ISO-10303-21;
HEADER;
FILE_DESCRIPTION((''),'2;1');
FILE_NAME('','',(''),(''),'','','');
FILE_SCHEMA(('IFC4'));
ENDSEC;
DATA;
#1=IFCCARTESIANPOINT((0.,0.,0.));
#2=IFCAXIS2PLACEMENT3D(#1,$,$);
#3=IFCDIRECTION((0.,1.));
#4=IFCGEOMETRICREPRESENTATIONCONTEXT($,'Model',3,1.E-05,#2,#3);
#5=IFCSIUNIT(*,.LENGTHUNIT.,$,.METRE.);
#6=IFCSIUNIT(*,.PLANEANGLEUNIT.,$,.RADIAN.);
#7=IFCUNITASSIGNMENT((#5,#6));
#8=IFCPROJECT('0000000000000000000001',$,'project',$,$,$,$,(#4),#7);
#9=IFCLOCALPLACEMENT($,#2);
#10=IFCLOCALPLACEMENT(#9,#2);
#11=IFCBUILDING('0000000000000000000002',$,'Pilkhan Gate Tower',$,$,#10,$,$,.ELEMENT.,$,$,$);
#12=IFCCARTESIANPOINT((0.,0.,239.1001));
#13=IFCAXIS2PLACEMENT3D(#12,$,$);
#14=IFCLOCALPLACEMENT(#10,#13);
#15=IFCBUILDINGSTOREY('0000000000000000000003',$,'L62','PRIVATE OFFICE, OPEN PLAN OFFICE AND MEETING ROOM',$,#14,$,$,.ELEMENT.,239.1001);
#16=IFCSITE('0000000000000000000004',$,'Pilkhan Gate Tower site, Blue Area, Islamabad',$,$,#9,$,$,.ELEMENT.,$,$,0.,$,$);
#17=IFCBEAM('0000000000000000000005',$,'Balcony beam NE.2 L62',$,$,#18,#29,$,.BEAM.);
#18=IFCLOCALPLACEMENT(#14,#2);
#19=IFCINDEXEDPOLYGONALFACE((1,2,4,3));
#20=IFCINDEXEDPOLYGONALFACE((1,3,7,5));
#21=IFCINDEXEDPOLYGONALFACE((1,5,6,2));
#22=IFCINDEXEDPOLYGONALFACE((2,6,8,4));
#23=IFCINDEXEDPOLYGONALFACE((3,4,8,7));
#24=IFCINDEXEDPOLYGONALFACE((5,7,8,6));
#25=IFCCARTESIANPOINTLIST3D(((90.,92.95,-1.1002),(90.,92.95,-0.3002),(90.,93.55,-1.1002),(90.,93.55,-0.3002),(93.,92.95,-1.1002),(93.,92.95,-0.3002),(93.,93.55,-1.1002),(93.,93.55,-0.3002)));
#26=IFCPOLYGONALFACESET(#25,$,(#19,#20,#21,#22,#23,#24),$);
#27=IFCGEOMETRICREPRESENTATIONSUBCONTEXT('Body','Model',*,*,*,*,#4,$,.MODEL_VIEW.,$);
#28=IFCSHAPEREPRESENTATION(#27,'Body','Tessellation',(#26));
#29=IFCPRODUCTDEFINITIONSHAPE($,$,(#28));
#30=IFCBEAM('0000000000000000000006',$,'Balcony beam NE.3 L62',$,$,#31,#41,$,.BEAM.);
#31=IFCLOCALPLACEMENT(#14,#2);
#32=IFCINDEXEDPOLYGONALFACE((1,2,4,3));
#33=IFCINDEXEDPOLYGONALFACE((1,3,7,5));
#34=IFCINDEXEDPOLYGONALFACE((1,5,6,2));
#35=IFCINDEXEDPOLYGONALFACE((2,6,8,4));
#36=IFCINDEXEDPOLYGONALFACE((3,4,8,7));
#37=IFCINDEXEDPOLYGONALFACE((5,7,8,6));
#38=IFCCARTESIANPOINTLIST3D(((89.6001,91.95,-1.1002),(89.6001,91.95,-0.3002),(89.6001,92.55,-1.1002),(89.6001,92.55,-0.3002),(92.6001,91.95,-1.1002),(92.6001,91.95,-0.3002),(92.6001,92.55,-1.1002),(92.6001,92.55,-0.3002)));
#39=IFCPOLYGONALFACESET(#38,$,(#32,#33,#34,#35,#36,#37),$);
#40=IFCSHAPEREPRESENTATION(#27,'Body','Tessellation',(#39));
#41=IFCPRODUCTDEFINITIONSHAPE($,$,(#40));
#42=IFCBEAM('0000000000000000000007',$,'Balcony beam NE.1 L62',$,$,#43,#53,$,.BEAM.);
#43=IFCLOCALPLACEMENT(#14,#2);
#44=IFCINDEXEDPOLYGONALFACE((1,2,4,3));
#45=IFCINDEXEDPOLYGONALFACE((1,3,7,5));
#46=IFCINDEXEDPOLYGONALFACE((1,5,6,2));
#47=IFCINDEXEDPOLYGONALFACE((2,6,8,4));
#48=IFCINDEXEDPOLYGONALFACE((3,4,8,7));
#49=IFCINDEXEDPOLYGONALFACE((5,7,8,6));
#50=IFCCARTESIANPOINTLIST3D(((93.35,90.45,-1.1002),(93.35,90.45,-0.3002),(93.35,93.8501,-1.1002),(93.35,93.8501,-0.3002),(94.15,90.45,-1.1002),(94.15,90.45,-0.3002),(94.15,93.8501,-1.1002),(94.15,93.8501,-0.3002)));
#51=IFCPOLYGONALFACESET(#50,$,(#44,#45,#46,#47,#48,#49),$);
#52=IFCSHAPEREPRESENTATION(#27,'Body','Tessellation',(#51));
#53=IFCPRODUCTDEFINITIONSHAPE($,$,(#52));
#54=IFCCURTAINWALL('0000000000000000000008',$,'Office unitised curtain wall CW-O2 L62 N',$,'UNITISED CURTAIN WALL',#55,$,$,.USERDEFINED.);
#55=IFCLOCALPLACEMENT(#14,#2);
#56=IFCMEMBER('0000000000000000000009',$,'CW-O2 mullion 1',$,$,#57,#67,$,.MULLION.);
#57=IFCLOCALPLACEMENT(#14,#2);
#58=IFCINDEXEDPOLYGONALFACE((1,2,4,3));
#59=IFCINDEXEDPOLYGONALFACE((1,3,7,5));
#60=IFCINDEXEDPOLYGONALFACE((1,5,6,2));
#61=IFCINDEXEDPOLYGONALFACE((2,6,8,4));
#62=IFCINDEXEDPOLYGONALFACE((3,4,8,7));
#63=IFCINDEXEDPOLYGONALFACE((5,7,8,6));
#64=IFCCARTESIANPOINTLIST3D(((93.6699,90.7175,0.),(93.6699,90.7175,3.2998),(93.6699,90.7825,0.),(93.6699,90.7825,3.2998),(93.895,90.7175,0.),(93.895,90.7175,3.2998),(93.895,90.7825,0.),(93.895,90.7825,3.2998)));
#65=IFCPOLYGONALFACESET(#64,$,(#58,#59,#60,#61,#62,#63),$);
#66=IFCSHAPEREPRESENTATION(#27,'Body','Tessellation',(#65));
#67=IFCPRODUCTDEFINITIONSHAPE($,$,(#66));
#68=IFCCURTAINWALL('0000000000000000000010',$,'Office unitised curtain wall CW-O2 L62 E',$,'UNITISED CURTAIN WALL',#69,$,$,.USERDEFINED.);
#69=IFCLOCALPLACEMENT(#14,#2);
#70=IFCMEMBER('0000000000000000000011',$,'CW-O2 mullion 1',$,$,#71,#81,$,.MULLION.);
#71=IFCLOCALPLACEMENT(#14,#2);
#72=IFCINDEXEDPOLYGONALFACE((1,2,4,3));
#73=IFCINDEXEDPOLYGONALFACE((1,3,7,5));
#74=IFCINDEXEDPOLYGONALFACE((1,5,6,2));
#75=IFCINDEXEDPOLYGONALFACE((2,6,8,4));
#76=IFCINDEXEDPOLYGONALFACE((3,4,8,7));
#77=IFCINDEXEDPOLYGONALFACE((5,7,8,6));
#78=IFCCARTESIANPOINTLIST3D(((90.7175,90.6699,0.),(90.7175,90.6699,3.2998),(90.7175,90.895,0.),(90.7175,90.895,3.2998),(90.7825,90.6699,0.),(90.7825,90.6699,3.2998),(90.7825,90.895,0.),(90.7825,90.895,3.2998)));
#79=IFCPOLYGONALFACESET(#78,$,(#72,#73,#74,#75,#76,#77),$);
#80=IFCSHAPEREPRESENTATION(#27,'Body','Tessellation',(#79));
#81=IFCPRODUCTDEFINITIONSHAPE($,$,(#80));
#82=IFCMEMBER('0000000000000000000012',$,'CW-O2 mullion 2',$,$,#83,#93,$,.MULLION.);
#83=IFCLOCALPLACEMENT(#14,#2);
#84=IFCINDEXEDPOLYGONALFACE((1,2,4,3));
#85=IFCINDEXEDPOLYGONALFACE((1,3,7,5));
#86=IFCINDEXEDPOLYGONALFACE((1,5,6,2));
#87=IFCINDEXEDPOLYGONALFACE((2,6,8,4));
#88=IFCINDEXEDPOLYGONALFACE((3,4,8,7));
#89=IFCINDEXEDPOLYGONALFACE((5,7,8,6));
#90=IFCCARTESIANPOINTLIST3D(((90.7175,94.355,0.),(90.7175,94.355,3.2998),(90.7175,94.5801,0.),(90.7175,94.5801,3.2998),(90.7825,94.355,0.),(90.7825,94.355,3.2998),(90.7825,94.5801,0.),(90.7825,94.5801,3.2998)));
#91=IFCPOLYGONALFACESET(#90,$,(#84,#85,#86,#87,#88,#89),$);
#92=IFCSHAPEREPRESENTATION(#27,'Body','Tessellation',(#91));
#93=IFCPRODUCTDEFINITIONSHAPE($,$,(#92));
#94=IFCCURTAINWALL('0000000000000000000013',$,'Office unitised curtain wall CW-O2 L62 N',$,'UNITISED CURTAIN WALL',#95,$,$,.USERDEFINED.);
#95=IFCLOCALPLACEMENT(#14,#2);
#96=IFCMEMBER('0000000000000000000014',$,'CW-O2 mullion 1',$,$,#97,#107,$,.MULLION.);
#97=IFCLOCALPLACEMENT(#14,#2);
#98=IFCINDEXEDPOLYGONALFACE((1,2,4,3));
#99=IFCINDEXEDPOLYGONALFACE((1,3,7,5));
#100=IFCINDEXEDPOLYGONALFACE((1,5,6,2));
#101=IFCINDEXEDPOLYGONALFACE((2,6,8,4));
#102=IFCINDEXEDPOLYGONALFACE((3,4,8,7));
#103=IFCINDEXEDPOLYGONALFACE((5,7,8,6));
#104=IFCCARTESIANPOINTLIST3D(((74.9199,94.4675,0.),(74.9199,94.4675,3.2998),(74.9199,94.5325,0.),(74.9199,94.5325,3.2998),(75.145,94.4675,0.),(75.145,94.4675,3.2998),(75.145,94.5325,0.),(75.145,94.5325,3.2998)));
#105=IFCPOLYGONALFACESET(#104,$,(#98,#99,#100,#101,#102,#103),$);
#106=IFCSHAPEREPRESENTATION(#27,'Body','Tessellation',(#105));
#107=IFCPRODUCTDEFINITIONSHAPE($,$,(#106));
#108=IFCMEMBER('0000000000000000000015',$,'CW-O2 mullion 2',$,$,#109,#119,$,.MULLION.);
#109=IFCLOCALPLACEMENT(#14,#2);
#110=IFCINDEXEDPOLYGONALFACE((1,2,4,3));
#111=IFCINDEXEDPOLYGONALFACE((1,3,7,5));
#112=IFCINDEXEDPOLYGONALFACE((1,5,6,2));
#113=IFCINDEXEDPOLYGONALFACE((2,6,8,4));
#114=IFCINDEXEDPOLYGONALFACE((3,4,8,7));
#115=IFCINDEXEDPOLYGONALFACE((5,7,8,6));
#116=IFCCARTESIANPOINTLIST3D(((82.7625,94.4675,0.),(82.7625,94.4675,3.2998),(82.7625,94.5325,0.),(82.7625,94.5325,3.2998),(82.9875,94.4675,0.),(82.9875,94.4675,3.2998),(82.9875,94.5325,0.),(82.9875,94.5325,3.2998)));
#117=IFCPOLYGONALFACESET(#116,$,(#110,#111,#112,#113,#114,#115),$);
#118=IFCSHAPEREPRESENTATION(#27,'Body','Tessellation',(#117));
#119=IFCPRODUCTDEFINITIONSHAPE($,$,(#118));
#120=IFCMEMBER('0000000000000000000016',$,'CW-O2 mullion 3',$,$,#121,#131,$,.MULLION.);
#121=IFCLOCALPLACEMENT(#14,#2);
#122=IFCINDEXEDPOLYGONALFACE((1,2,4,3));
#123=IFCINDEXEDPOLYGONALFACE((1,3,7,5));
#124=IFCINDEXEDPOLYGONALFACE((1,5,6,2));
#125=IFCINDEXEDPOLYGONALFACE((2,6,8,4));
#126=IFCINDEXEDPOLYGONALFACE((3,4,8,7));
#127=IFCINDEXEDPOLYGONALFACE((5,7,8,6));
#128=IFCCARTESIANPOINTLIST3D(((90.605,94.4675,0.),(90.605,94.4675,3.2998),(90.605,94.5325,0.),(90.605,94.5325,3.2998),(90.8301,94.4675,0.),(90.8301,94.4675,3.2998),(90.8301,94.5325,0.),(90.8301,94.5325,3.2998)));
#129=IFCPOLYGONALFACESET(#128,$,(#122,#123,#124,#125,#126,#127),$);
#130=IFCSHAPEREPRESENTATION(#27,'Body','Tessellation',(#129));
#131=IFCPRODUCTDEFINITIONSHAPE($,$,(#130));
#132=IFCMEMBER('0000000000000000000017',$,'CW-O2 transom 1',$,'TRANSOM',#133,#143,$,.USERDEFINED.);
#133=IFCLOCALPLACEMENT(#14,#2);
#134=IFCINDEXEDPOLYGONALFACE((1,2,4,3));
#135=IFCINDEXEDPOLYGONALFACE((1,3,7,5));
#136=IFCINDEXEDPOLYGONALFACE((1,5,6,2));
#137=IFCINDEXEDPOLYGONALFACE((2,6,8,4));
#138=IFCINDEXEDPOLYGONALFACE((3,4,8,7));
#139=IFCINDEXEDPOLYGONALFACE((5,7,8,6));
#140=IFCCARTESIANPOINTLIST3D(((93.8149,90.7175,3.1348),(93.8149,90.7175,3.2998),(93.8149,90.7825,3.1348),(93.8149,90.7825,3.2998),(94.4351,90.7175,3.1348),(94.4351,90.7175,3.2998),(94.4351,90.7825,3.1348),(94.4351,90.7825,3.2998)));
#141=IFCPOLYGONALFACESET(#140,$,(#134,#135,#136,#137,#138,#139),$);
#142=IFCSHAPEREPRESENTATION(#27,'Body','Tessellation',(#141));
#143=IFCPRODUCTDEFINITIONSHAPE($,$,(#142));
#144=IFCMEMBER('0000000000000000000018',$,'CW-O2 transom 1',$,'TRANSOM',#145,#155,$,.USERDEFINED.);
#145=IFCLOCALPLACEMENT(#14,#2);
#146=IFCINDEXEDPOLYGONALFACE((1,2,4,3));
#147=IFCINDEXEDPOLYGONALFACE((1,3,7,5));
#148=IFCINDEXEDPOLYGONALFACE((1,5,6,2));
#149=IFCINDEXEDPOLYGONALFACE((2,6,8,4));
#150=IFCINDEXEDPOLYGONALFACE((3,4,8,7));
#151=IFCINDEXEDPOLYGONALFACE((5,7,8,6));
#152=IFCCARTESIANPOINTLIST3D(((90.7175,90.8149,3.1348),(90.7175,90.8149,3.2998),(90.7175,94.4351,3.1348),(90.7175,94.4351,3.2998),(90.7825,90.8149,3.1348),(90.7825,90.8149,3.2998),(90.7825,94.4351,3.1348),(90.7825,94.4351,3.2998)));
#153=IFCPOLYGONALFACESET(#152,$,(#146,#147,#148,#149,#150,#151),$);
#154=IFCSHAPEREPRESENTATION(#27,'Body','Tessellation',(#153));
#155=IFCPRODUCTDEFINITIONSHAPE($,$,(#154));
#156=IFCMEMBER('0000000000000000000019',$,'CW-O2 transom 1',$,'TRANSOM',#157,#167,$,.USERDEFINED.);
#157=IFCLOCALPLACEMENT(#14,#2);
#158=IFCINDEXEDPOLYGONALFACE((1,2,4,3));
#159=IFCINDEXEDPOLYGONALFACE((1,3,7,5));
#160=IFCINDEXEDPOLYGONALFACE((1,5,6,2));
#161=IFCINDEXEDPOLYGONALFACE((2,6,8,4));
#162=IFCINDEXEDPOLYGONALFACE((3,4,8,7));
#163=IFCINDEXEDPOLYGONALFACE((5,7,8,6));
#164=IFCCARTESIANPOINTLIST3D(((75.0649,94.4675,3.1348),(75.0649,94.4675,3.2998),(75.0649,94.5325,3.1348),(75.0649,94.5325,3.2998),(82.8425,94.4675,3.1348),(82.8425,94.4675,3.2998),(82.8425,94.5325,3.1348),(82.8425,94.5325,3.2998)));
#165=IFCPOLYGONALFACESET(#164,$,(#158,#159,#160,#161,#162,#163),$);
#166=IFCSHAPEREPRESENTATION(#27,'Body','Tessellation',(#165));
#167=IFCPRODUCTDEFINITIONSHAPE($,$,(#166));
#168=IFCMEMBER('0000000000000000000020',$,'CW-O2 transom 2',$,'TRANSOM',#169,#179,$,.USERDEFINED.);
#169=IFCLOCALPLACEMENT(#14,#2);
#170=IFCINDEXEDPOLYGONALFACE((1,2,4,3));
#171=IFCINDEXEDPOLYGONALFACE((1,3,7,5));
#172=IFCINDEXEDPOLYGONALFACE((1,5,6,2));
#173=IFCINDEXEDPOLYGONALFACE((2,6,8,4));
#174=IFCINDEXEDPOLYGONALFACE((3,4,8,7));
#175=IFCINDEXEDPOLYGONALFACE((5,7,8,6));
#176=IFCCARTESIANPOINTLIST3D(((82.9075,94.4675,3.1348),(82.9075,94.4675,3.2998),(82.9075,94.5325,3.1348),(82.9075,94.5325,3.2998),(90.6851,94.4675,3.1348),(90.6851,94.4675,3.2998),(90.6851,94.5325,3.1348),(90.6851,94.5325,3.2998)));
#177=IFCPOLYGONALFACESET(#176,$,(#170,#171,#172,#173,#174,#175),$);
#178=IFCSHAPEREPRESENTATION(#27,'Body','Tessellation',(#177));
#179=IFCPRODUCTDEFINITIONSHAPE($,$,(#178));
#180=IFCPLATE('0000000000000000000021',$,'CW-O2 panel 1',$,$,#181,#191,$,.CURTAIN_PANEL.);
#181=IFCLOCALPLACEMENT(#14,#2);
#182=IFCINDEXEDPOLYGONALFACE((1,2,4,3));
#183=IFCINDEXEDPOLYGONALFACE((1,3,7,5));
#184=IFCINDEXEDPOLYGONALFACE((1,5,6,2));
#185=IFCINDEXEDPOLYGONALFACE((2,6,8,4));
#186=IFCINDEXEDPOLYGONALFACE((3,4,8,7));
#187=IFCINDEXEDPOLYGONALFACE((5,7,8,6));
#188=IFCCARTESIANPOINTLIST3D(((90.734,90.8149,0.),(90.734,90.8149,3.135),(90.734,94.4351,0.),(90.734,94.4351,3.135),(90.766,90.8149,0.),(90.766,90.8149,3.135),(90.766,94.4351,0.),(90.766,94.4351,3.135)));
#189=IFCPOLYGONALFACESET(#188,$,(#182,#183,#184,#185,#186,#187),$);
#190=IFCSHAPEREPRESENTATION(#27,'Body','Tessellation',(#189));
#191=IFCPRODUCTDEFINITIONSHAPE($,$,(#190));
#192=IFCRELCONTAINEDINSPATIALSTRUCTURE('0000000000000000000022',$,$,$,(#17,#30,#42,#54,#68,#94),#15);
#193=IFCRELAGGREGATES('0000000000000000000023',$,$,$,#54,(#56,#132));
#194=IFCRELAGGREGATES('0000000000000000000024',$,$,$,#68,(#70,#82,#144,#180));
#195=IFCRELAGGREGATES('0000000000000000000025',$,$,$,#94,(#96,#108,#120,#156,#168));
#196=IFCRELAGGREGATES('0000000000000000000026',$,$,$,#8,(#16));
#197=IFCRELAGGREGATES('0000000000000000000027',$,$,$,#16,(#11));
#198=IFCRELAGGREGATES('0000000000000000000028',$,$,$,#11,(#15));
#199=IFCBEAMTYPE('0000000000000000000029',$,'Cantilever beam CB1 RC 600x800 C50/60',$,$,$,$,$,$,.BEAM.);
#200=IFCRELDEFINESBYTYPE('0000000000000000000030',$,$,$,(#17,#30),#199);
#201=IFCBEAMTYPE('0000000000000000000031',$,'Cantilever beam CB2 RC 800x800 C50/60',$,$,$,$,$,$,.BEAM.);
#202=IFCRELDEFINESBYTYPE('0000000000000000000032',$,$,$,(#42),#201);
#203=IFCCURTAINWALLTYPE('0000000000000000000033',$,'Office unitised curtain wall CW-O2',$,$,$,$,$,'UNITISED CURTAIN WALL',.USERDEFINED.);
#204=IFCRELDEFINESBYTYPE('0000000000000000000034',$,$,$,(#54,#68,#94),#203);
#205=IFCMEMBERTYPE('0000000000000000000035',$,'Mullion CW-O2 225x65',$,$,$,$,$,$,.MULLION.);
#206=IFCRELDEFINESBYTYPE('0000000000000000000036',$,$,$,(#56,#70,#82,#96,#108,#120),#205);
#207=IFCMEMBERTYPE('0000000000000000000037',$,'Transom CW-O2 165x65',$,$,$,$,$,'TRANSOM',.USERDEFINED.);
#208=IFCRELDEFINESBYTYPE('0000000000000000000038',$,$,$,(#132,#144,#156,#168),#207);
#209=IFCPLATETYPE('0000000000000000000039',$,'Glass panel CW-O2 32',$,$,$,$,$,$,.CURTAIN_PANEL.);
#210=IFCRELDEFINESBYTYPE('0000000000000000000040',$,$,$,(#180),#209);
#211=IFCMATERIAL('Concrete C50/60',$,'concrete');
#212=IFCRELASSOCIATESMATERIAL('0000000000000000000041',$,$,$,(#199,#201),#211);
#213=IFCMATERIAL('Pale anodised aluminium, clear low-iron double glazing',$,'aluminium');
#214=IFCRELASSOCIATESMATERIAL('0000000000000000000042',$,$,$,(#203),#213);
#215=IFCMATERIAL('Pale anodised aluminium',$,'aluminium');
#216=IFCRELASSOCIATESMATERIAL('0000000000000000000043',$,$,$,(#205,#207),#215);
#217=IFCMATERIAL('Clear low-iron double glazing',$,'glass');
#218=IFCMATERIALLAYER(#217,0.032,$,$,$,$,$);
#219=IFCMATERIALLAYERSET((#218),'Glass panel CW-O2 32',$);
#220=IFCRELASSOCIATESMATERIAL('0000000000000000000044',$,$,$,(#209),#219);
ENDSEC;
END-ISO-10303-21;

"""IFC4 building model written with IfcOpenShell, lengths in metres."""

from ifc_helpers import new_model, si_unit, direction, frame, origin, origin_2d, place, context, subcontext, project, spatial, rectangle, extrude, material, layer, layer_set, material_profile, profile_set, type_object, element, aggregate, save


model = new_model("IFC4")

# Units and contexts
model_context = context("Model", 3, precision=1e-05, world=origin(), true_north=direction((0.0, 1.0)))
body_context = subcontext(model_context, "Body", "Model", "MODEL_VIEW")
ifc_project = project(units=[si_unit("LENGTHUNIT", "METRE"), si_unit("PLANEANGLEUNIT", "RADIAN")], contexts=[model_context])

# Site, building, storey
site_placement = place(None, origin())
site = spatial("IfcSite", under=ifc_project, at=site_placement, Name="Pilkhan Gate Tower site, Blue Area, Islamabad", CompositionType="ELEMENT", RefElevation=0.0)
building_placement = place(site_placement, origin())
building = spatial("IfcBuilding", under=site, at=building_placement, Name="Pilkhan Gate Tower", CompositionType="ELEMENT")
storey_placement = place(building_placement, frame((0.0, 0.0, 239.1001)))
storey = spatial("IfcBuildingStorey", under=building, at=storey_placement, Name="L62", Description="PRIVATE OFFICE, OPEN PLAN OFFICE AND MEETING ROOM", CompositionType="ELEMENT", Elevation=239.1001)

# Beams
ifc_material_1 = material(Name="Concrete C50/60", Category="concrete")
ifc_material_profile_1 = material_profile(ifc_material_1, rectangle(XDim=0.6001, YDim=0.8, at=origin_2d()), Name="RC 600x800")
ifc_profile_set_1 = profile_set([ifc_material_profile_1], Name="Concrete C50/60")
beam_type_1 = type_object("IfcBeamType", Name="Cantilever beam CB1 RC 600x800 C50/60", PredefinedType="BEAM", material=ifc_profile_set_1)
for number, where, z_axis, x_axis, name in (
    (1, (90.0, 93.25, -0.7002), (1.0, 0.0, 0.0), (0.0, 1.0, 0.0), "Balcony beam NE.2 L62"),
    (2, (89.6001, 92.25, -0.7002), (1.0, 0.0, 0.0), (0.0, 1.0, 0.0), "Balcony beam NE.3 L62"),
):
    element("IfcBeam", number, at=place(storey_placement, frame(where, z_axis=z_axis, x_axis=x_axis)), inside=storey, type_object=beam_type_1, Name=name, PredefinedType="BEAM", context=body_context, shape_type="SweptSolid", body=[
        extrude(rectangle(XDim=0.6001, YDim=0.8, at=origin_2d()), origin(), (0.0, 0.0, 1.0), 3.0),
    ])
ifc_material_profile_2 = material_profile(ifc_material_1, rectangle(XDim=0.8, YDim=0.8, at=origin_2d()), Name="RC 800x800")
ifc_profile_set_2 = profile_set([ifc_material_profile_2], Name="Concrete C50/60")
beam_type_2 = type_object("IfcBeamType", Name="Cantilever beam CB2 RC 800x800 C50/60", PredefinedType="BEAM", material=ifc_profile_set_2)
beam_placement = place(storey_placement, frame((93.75, 90.45, -0.7002), z_axis=(0.0, 1.0, 0.0), x_axis=(-1.0, 0.0, 0.0)))
element("IfcBeam", 3, at=beam_placement, inside=storey, type_object=beam_type_2, Name="Balcony beam NE.1 L62", PredefinedType="BEAM", context=body_context, shape_type="SweptSolid", body=[
    extrude(rectangle(XDim=0.8, YDim=0.8, at=origin_2d()), origin(), (0.0, 0.0, 1.0), 3.4001),
])

# Curtain wall, member
ifc_material_2 = material(Name="Pale anodised aluminium, clear low-iron double glazing", Category="aluminium")
curtain_wall_type = type_object("IfcCurtainWallType", Name="Office unitised curtain wall CW-O2", ElementType="UNITISED CURTAIN WALL", PredefinedType="USERDEFINED", material=ifc_material_2)
curtain_wall_1_placement = place(storey_placement, origin())
curtain_wall_1 = element("IfcCurtainWall", 4, at=curtain_wall_1_placement, inside=storey, type_object=curtain_wall_type, Name="Office unitised curtain wall CW-O2 L62 N", ObjectType="UNITISED CURTAIN WALL", PredefinedType="USERDEFINED")
ifc_material_3 = material(Name="Pale anodised aluminium", Category="aluminium")
ifc_material_profile_3 = material_profile(ifc_material_3, rectangle(XDim=0.0649, YDim=0.2251, at=origin_2d()), Name="Mullion 225x65")
ifc_profile_set_3 = profile_set([ifc_material_profile_3], Name="Pale anodised aluminium")
member_type_1 = type_object("IfcMemberType", Name="Mullion CW-O2 225x65", PredefinedType="MULLION", material=ifc_profile_set_3)
member_1_placement = place(storey_placement, frame((93.7825, 90.75, 0.0), z_axis=(0.0, 0.0, 1.0), x_axis=(0.0, 1.0, 0.0)))
member_1 = element("IfcMember", 5, at=member_1_placement, type_object=member_type_1, Name="CW-O2 mullion 1", PredefinedType="MULLION", context=body_context, shape_type="SweptSolid", body=[
    extrude(rectangle(XDim=0.0649, YDim=0.2251, at=origin_2d()), origin(), (0.0, 0.0, 1.0), 3.2998),
])

# Curtain walls, members
curtain_wall_2_placement = place(storey_placement, origin())
curtain_wall_2 = element("IfcCurtainWall", 6, at=curtain_wall_2_placement, inside=storey, type_object=curtain_wall_type, Name="Office unitised curtain wall CW-O2 L62 E", ObjectType="UNITISED CURTAIN WALL", PredefinedType="USERDEFINED")
member_2_placement = place(storey_placement, frame((90.75, 90.7825, 0.0), z_axis=(0.0, 0.0, 1.0), x_axis=(-1.0, 0.0, 0.0)))
member_2 = element("IfcMember", 7, at=member_2_placement, type_object=member_type_1, Name="CW-O2 mullion 1", PredefinedType="MULLION", context=body_context, shape_type="SweptSolid", body=[
    extrude(rectangle(XDim=0.0649, YDim=0.2251, at=origin_2d()), origin(), (0.0, 0.0, 1.0), 3.2998),
])
member_3_placement = place(storey_placement, frame((90.75, 94.4675, 0.0), z_axis=(0.0, 0.0, 1.0), x_axis=(-1.0, 0.0, 0.0)))
member_3 = element("IfcMember", 8, at=member_3_placement, type_object=member_type_1, Name="CW-O2 mullion 2", PredefinedType="MULLION", context=body_context, shape_type="SweptSolid", body=[
    extrude(rectangle(XDim=0.0649, YDim=0.2251, at=origin_2d()), origin(), (0.0, 0.0, 1.0), 3.2998),
])
curtain_wall_3_placement = place(storey_placement, origin())
curtain_wall_3 = element("IfcCurtainWall", 9, at=curtain_wall_3_placement, inside=storey, type_object=curtain_wall_type, Name="Office unitised curtain wall CW-O2 L62 N", ObjectType="UNITISED CURTAIN WALL", PredefinedType="USERDEFINED")
member_4_placement = place(storey_placement, frame((75.0325, 94.5, 0.0), z_axis=(0.0, 0.0, 1.0), x_axis=(0.0, 1.0, 0.0)))
member_4 = element("IfcMember", 10, at=member_4_placement, type_object=member_type_1, Name="CW-O2 mullion 1", PredefinedType="MULLION", context=body_context, shape_type="SweptSolid", body=[
    extrude(rectangle(XDim=0.0649, YDim=0.2251, at=origin_2d()), origin(), (0.0, 0.0, 1.0), 3.2998),
])
member_5_placement = place(storey_placement, frame((82.875, 94.5, 0.0), z_axis=(0.0, 0.0, 1.0), x_axis=(0.0, 1.0, 0.0)))
member_5 = element("IfcMember", 11, at=member_5_placement, type_object=member_type_1, Name="CW-O2 mullion 2", PredefinedType="MULLION", context=body_context, shape_type="SweptSolid", body=[
    extrude(rectangle(XDim=0.0649, YDim=0.2251, at=origin_2d()), origin(), (0.0, 0.0, 1.0), 3.2998),
])
member_6_placement = place(storey_placement, frame((90.7175, 94.5, 0.0), z_axis=(0.0, 0.0, 1.0), x_axis=(0.0, 1.0, 0.0)))
member_6 = element("IfcMember", 12, at=member_6_placement, type_object=member_type_1, Name="CW-O2 mullion 3", PredefinedType="MULLION", context=body_context, shape_type="SweptSolid", body=[
    extrude(rectangle(XDim=0.0649, YDim=0.2251, at=origin_2d()), origin(), (0.0, 0.0, 1.0), 3.2998),
])

# Members
ifc_material_profile_4 = material_profile(ifc_material_3, rectangle(XDim=0.0649, YDim=0.165, at=origin_2d()), Name="Transom 165x65")
ifc_profile_set_4 = profile_set([ifc_material_profile_4], Name="Pale anodised aluminium")
member_type_2 = type_object("IfcMemberType", Name="Transom CW-O2 165x65", ElementType="TRANSOM", PredefinedType="USERDEFINED", material=ifc_profile_set_4)
member_7_placement = place(storey_placement, frame((93.8149, 90.75, 3.2173), z_axis=(1.0, 0.0, 0.0), x_axis=(0.0, 1.0, 0.0)))
member_7 = element("IfcMember", 13, at=member_7_placement, type_object=member_type_2, Name="CW-O2 transom 1", ObjectType="TRANSOM", PredefinedType="USERDEFINED", context=body_context, shape_type="SweptSolid", body=[
    extrude(rectangle(XDim=0.0649, YDim=0.165, at=origin_2d()), origin(), (0.0, 0.0, 1.0), 0.6201),
])
aggregate(curtain_wall_1, [member_1, member_7])
member_8_placement = place(storey_placement, frame((90.75, 90.8149, 3.2173), z_axis=(0.0, 1.0, 0.0), x_axis=(-1.0, 0.0, 0.0)))
member_8 = element("IfcMember", 14, at=member_8_placement, type_object=member_type_2, Name="CW-O2 transom 1", ObjectType="TRANSOM", PredefinedType="USERDEFINED", context=body_context, shape_type="SweptSolid", body=[
    extrude(rectangle(XDim=0.0649, YDim=0.165, at=origin_2d()), origin(), (0.0, 0.0, 1.0), 3.6201),
])
member_9_placement = place(storey_placement, frame((75.0649, 94.5, 3.2173), z_axis=(1.0, 0.0, 0.0), x_axis=(0.0, 1.0, 0.0)))
member_9 = element("IfcMember", 15, at=member_9_placement, type_object=member_type_2, Name="CW-O2 transom 1", ObjectType="TRANSOM", PredefinedType="USERDEFINED", context=body_context, shape_type="SweptSolid", body=[
    extrude(rectangle(XDim=0.0649, YDim=0.165, at=origin_2d()), origin(), (0.0, 0.0, 1.0), 7.7776),
])
member_10_placement = place(storey_placement, frame((82.9075, 94.5, 3.2173), z_axis=(1.0, 0.0, 0.0), x_axis=(0.0, 1.0, 0.0)))
member_10 = element("IfcMember", 16, at=member_10_placement, type_object=member_type_2, Name="CW-O2 transom 2", ObjectType="TRANSOM", PredefinedType="USERDEFINED", context=body_context, shape_type="SweptSolid", body=[
    extrude(rectangle(XDim=0.0649, YDim=0.165, at=origin_2d()), origin(), (0.0, 0.0, 1.0), 7.7776),
])

# Plate
ifc_material_4 = material(Name="Clear low-iron double glazing", Category="glass")
ifc_layer_1 = layer(ifc_material_4, 0.032)
ifc_layer_set_1 = layer_set([ifc_layer_1], Name="Glass panel CW-O2 32")
plate_type = type_object("IfcPlateType", Name="Glass panel CW-O2 32", PredefinedType="CURTAIN_PANEL", material=ifc_layer_set_1)
plate_1_placement = place(storey_placement, frame((90.75, 92.625, 0.0), z_axis=(0.0, 0.0, 1.0), x_axis=(0.0, 1.0, 0.0)))
plate_1 = element("IfcPlate", 17, at=plate_1_placement, type_object=plate_type, Name="CW-O2 panel 1", PredefinedType="CURTAIN_PANEL", context=body_context, shape_type="SweptSolid", body=[
    extrude(rectangle(XDim=3.6201, YDim=0.032, at=origin_2d()), origin(), (0.0, 0.0, 1.0), 3.135),
])
aggregate(curtain_wall_2, [member_2, member_3, member_8, plate_1])
aggregate(curtain_wall_3, [member_4, member_5, member_6, member_9, member_10])

save(model, "model.ifc")
